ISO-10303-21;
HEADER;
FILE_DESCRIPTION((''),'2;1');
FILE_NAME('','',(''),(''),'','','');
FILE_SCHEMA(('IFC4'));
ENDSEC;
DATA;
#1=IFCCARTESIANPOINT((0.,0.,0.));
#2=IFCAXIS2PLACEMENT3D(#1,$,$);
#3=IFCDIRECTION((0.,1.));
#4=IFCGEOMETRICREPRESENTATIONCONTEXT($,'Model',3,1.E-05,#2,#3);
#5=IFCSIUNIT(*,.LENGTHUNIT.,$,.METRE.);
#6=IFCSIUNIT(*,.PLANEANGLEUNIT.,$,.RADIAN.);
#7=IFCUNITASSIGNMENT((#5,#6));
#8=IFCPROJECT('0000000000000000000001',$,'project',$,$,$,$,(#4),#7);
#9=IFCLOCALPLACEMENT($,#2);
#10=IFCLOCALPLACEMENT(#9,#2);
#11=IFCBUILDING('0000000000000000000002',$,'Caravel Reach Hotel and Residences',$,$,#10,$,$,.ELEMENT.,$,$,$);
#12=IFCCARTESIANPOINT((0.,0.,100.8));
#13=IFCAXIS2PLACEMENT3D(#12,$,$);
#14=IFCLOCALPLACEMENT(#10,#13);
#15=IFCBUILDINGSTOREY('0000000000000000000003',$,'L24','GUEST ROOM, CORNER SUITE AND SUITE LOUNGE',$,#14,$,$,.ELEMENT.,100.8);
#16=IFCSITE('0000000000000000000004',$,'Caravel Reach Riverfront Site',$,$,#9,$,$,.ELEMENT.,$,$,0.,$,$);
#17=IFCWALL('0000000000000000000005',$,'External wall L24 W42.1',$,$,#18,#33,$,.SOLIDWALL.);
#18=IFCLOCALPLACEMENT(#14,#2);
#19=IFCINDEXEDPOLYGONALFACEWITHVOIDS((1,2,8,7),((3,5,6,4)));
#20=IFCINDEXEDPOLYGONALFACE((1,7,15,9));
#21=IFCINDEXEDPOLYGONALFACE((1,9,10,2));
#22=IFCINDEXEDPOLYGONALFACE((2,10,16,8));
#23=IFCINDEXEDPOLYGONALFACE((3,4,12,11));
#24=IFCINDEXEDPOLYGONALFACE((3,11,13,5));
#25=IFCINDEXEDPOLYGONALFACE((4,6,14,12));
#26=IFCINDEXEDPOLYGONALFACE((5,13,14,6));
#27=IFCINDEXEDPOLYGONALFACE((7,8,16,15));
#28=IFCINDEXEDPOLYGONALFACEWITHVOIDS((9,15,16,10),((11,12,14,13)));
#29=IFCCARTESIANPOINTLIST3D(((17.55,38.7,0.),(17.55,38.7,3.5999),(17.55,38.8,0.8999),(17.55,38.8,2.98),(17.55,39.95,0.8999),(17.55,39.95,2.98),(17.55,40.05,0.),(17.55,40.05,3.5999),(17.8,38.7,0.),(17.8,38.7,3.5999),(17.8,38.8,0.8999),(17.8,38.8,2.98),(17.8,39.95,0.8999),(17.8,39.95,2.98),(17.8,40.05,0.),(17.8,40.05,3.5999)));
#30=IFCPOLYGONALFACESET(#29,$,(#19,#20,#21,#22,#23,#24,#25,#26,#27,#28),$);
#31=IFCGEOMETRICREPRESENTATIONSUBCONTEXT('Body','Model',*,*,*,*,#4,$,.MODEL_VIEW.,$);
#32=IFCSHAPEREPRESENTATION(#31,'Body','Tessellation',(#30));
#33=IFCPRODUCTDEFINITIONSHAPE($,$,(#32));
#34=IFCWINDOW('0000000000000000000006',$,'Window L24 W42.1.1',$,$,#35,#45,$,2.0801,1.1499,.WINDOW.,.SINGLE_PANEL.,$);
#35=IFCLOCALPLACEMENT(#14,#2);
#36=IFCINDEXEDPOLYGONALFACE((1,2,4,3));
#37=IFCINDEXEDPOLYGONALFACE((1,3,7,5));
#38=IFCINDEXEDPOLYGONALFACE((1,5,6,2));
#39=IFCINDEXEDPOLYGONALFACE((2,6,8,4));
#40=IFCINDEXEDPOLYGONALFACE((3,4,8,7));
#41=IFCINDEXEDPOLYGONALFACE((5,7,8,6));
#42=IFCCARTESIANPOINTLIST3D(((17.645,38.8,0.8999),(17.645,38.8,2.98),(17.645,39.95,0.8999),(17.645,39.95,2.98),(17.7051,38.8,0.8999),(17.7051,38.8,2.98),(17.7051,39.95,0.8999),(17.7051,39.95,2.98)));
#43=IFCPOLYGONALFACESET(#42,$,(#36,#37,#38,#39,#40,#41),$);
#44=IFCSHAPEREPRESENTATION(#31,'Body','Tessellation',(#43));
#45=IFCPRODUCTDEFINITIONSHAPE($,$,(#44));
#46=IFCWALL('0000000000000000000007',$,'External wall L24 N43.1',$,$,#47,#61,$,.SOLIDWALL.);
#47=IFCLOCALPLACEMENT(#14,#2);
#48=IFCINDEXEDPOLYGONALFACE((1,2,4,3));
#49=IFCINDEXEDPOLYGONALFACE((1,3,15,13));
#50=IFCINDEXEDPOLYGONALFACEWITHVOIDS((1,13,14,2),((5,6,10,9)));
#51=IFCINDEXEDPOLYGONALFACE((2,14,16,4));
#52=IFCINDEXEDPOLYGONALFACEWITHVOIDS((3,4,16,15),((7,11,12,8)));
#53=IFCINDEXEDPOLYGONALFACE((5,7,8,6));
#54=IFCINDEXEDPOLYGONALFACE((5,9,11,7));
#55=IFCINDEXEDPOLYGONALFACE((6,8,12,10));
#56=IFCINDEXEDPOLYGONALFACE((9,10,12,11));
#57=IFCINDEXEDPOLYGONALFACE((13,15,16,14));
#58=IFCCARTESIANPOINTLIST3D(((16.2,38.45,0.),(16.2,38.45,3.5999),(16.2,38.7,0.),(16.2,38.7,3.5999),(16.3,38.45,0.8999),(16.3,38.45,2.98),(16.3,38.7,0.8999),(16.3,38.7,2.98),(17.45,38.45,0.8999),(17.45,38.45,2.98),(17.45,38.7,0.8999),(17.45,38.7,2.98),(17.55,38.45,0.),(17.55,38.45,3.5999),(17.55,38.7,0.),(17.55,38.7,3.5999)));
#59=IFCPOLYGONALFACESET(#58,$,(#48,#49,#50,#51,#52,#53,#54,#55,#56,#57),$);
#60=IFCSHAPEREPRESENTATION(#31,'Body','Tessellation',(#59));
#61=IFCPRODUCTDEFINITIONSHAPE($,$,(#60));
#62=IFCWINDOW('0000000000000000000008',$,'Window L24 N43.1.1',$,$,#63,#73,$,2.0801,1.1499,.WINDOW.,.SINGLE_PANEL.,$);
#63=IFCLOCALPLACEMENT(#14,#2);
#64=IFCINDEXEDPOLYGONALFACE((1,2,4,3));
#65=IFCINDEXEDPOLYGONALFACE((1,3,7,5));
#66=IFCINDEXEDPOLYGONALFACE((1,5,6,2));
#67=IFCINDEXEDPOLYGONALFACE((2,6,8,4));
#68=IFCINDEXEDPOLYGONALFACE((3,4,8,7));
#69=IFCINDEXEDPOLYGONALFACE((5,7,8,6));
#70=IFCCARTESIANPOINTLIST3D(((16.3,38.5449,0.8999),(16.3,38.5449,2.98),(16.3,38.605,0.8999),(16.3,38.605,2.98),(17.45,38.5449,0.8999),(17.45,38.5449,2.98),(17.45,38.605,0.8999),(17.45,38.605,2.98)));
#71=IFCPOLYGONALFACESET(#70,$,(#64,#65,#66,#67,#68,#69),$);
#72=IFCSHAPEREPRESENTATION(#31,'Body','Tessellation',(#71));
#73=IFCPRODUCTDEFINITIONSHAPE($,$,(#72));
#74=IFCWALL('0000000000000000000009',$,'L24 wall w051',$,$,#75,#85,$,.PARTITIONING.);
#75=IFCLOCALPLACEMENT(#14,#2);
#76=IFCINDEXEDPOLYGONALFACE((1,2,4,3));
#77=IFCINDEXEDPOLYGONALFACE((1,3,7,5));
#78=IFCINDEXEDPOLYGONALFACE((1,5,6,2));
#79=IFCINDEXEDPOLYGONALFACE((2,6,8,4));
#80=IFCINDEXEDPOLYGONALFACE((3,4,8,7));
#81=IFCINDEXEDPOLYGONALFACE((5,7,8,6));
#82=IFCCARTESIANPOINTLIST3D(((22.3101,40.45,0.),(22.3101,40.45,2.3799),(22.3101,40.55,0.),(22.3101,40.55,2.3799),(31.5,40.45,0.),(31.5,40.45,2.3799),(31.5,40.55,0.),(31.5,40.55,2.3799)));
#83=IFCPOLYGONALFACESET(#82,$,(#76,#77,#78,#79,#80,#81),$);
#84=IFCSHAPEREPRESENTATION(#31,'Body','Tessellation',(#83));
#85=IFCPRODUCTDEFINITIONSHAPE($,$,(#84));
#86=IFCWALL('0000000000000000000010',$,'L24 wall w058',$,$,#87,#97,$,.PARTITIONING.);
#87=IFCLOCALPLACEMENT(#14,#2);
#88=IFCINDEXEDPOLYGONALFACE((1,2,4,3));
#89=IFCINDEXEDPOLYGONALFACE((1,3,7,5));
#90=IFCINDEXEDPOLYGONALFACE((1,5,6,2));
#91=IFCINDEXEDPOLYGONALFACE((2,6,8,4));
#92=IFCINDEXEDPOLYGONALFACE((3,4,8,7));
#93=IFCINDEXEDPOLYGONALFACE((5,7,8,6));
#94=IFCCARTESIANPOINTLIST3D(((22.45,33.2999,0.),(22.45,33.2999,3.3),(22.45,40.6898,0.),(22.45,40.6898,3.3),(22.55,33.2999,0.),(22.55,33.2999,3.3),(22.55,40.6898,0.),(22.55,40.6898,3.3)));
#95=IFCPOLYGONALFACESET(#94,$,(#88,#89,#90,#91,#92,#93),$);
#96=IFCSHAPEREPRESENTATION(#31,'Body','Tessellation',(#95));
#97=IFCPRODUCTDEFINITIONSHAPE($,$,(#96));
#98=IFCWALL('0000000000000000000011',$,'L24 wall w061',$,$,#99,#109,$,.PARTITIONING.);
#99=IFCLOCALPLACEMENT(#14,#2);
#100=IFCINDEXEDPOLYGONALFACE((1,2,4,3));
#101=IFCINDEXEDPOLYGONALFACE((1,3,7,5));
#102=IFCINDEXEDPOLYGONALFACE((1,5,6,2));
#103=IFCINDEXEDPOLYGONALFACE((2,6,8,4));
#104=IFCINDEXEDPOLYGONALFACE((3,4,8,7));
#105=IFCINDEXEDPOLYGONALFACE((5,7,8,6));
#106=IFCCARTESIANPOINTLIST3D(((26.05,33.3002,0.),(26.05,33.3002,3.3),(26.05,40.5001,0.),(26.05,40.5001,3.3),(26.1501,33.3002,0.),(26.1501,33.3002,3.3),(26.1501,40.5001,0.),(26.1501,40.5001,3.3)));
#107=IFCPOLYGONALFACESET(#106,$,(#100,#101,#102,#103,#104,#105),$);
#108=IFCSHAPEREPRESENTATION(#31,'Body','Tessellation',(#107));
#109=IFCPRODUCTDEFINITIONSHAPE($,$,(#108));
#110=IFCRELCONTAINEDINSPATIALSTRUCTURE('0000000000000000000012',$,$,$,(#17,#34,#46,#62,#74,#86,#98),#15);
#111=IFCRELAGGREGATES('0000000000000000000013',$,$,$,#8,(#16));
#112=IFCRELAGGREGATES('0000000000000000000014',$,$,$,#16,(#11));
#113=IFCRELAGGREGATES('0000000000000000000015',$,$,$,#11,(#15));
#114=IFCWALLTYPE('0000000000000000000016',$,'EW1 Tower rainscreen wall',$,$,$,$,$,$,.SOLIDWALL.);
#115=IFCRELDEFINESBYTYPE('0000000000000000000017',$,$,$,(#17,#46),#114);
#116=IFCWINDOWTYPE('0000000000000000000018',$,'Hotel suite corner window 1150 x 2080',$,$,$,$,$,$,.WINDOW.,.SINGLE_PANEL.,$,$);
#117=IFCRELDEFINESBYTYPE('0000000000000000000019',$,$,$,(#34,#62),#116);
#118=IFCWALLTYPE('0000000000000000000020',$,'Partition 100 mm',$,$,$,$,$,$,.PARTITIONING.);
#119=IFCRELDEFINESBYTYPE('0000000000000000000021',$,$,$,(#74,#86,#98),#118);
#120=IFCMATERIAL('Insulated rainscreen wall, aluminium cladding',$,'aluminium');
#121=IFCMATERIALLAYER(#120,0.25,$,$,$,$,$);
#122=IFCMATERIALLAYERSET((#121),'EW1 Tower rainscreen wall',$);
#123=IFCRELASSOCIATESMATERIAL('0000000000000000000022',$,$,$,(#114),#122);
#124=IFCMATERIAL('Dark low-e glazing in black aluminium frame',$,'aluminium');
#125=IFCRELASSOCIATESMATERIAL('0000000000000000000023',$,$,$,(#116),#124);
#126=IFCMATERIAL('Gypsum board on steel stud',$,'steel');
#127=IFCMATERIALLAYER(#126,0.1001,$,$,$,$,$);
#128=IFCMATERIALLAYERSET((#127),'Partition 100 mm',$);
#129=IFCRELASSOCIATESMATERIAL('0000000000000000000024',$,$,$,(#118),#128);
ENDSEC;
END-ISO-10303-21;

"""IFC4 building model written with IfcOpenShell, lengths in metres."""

from ifc_helpers import new_model, si_unit, direction, frame, frame_2d, origin, place, context, subcontext, project, spatial, rectangle, extrude, material, layer, layer_set, type_object, element, fill, save


model = new_model("IFC4")

# Units and contexts
model_context = context("Model", 3, precision=1e-05, world=origin(), true_north=direction((0.0, 1.0)))
body_context = subcontext(model_context, "Body", "Model", "MODEL_VIEW")
ifc_project = project(units=[si_unit("LENGTHUNIT", "METRE"), si_unit("PLANEANGLEUNIT", "RADIAN")], contexts=[model_context])

# Site, building, storey
site_placement = place(None, origin())
site = spatial("IfcSite", under=ifc_project, at=site_placement, Name="Caravel Reach Riverfront Site", CompositionType="ELEMENT", RefElevation=0.0)
building_placement = place(site_placement, origin())
building = spatial("IfcBuilding", under=site, at=building_placement, Name="Caravel Reach Hotel and Residences", CompositionType="ELEMENT")
storey_placement = place(building_placement, frame((0.0, 0.0, 100.8)))
storey = spatial("IfcBuildingStorey", under=building, at=storey_placement, Name="L24", Description="GUEST ROOM, CORNER SUITE AND SUITE LOUNGE", CompositionType="ELEMENT", Elevation=100.8)

# Walls, openings, windows
ifc_material_1 = material(Name="Insulated rainscreen wall, aluminium cladding", Category="aluminium")
ifc_layer_1 = layer(ifc_material_1, 0.25)
ifc_layer_set_1 = layer_set([ifc_layer_1], Name="EW1 Tower rainscreen wall")
wall_type_1 = type_object("IfcWallType", Name="EW1 Tower rainscreen wall", PredefinedType="SOLIDWALL", material=ifc_layer_set_1)
wall_1_placement = place(storey_placement, frame((17.675, 40.05, 0.0), z_axis=(0.0, 0.0, 1.0), x_axis=(0.0, -1.0, 0.0)))
wall_1 = element("IfcWall", 1, at=wall_1_placement, inside=storey, type_object=wall_type_1, Name="External wall L24 W42.1", PredefinedType="SOLIDWALL", context=body_context, shape_type="SweptSolid", body=[
    extrude(rectangle(XDim=1.3501, YDim=0.25, at=frame_2d((0.675, 0.0))), origin(), (0.0, 0.0, 1.0), 3.5999),
])
opening_1_placement = place(wall_1_placement, frame((0.1001, 0.0, 0.8999)))
opening_1 = element("IfcOpeningElement", 2, at=opening_1_placement, cuts=wall_1, PredefinedType="OPENING", context=body_context, shape_type="SweptSolid", body=[
    extrude(rectangle(XDim=1.1499, YDim=2.0801, at=frame_2d((0.575, 1.04))), frame((0.0, 0.135, 0.0), z_axis=(0.0, -1.0, 0.0), x_axis=(1.0, 0.0, 0.0)), (0.0, 0.0, 1.0), 0.27),
])
ifc_material_2 = material(Name="Dark low-e glazing in black aluminium frame", Category="aluminium")
window_type = type_object("IfcWindowType", Name="Hotel suite corner window 1150 x 2080", PartitioningType="SINGLE_PANEL", PredefinedType="WINDOW", material=ifc_material_2)
window_1_placement = place(opening_1_placement, origin())
window_1 = element("IfcWindow", 3, at=window_1_placement, inside=storey, type_object=window_type, Name="Window L24 W42.1.1", OverallHeight=2.0801, OverallWidth=1.1499, PartitioningType="SINGLE_PANEL", PredefinedType="WINDOW", context=body_context, shape_type="SweptSolid", body=[
    extrude(rectangle(XDim=1.1499, YDim=2.0801, at=frame_2d((0.575, 1.04))), frame((0.0, 0.03, 0.0), z_axis=(0.0, -1.0, 0.0), x_axis=(1.0, 0.0, 0.0)), (0.0, 0.0, 1.0), 0.0601),
])
fill(opening_1, window_1)
wall_2_placement = place(storey_placement, frame((17.55, 38.575, 0.0), z_axis=(0.0, 0.0, 1.0), x_axis=(-1.0, 0.0, 0.0)))
wall_2 = element("IfcWall", 4, at=wall_2_placement, inside=storey, type_object=wall_type_1, Name="External wall L24 N43.1", PredefinedType="SOLIDWALL", context=body_context, shape_type="SweptSolid", body=[
    extrude(rectangle(XDim=1.3501, YDim=0.25, at=frame_2d((0.675, 0.0))), origin(), (0.0, 0.0, 1.0), 3.5999),
])
opening_2_placement = place(wall_2_placement, frame((0.1001, 0.0, 0.8999)))
opening_2 = element("IfcOpeningElement", 5, at=opening_2_placement, cuts=wall_2, PredefinedType="OPENING", context=body_context, shape_type="SweptSolid", body=[
    extrude(rectangle(XDim=1.1499, YDim=2.0801, at=frame_2d((0.575, 1.04))), frame((0.0, 0.135, 0.0), z_axis=(0.0, -1.0, 0.0), x_axis=(1.0, 0.0, 0.0)), (0.0, 0.0, 1.0), 0.27),
])
window_2_placement = place(opening_2_placement, origin())
window_2 = element("IfcWindow", 6, at=window_2_placement, inside=storey, type_object=window_type, Name="Window L24 N43.1.1", OverallHeight=2.0801, OverallWidth=1.1499, PartitioningType="SINGLE_PANEL", PredefinedType="WINDOW", context=body_context, shape_type="SweptSolid", body=[
    extrude(rectangle(XDim=1.1499, YDim=2.0801, at=frame_2d((0.575, 1.04))), frame((0.0, 0.03, 0.0), z_axis=(0.0, -1.0, 0.0), x_axis=(1.0, 0.0, 0.0)), (0.0, 0.0, 1.0), 0.0601),
])
fill(opening_2, window_2)

# Walls
ifc_material_3 = material(Name="Gypsum board on steel stud", Category="steel")
ifc_layer_2 = layer(ifc_material_3, 0.1001)
ifc_layer_set_2 = layer_set([ifc_layer_2], Name="Partition 100 mm")
wall_type_2 = type_object("IfcWallType", Name="Partition 100 mm", PredefinedType="PARTITIONING", material=ifc_layer_set_2)
wall_3_placement = place(storey_placement, frame((22.3101, 40.5, 0.0), z_axis=(0.0, 0.0, 1.0), x_axis=(1.0, 0.0, 0.0)))
element("IfcWall", 7, at=wall_3_placement, inside=storey, type_object=wall_type_2, Name="L24 wall w051", PredefinedType="PARTITIONING", context=body_context, shape_type="SweptSolid", body=[
    extrude(rectangle(XDim=9.1899, YDim=0.1001, at=frame_2d((4.595, 0.0))), origin(), (0.0, 0.0, 1.0), 2.3799),
])
wall_4_placement = place(storey_placement, frame((22.5, 33.3, 0.0), z_axis=(0.0, 0.0, 1.0), x_axis=(0.0, 1.0, 0.0)))
element("IfcWall", 8, at=wall_4_placement, inside=storey, type_object=wall_type_2, Name="L24 wall w058", PredefinedType="PARTITIONING", context=body_context, shape_type="SweptSolid", body=[
    extrude(rectangle(XDim=7.3899, YDim=0.1001, at=frame_2d((3.6948, 0.0))), origin(), (0.0, 0.0, 1.0), 3.3),
])
wall_5_placement = place(storey_placement, frame((26.1001, 33.3, 0.0), z_axis=(0.0, 0.0, 1.0), x_axis=(0.0, 1.0, 0.0)))
element("IfcWall", 9, at=wall_5_placement, inside=storey, type_object=wall_type_2, Name="L24 wall w061", PredefinedType="PARTITIONING", context=body_context, shape_type="SweptSolid", body=[
    extrude(rectangle(XDim=7.2, YDim=0.1001, at=frame_2d((3.6001, 0.0))), origin(), (0.0, 0.0, 1.0), 3.3),
])

save(model, "model.ifc")
